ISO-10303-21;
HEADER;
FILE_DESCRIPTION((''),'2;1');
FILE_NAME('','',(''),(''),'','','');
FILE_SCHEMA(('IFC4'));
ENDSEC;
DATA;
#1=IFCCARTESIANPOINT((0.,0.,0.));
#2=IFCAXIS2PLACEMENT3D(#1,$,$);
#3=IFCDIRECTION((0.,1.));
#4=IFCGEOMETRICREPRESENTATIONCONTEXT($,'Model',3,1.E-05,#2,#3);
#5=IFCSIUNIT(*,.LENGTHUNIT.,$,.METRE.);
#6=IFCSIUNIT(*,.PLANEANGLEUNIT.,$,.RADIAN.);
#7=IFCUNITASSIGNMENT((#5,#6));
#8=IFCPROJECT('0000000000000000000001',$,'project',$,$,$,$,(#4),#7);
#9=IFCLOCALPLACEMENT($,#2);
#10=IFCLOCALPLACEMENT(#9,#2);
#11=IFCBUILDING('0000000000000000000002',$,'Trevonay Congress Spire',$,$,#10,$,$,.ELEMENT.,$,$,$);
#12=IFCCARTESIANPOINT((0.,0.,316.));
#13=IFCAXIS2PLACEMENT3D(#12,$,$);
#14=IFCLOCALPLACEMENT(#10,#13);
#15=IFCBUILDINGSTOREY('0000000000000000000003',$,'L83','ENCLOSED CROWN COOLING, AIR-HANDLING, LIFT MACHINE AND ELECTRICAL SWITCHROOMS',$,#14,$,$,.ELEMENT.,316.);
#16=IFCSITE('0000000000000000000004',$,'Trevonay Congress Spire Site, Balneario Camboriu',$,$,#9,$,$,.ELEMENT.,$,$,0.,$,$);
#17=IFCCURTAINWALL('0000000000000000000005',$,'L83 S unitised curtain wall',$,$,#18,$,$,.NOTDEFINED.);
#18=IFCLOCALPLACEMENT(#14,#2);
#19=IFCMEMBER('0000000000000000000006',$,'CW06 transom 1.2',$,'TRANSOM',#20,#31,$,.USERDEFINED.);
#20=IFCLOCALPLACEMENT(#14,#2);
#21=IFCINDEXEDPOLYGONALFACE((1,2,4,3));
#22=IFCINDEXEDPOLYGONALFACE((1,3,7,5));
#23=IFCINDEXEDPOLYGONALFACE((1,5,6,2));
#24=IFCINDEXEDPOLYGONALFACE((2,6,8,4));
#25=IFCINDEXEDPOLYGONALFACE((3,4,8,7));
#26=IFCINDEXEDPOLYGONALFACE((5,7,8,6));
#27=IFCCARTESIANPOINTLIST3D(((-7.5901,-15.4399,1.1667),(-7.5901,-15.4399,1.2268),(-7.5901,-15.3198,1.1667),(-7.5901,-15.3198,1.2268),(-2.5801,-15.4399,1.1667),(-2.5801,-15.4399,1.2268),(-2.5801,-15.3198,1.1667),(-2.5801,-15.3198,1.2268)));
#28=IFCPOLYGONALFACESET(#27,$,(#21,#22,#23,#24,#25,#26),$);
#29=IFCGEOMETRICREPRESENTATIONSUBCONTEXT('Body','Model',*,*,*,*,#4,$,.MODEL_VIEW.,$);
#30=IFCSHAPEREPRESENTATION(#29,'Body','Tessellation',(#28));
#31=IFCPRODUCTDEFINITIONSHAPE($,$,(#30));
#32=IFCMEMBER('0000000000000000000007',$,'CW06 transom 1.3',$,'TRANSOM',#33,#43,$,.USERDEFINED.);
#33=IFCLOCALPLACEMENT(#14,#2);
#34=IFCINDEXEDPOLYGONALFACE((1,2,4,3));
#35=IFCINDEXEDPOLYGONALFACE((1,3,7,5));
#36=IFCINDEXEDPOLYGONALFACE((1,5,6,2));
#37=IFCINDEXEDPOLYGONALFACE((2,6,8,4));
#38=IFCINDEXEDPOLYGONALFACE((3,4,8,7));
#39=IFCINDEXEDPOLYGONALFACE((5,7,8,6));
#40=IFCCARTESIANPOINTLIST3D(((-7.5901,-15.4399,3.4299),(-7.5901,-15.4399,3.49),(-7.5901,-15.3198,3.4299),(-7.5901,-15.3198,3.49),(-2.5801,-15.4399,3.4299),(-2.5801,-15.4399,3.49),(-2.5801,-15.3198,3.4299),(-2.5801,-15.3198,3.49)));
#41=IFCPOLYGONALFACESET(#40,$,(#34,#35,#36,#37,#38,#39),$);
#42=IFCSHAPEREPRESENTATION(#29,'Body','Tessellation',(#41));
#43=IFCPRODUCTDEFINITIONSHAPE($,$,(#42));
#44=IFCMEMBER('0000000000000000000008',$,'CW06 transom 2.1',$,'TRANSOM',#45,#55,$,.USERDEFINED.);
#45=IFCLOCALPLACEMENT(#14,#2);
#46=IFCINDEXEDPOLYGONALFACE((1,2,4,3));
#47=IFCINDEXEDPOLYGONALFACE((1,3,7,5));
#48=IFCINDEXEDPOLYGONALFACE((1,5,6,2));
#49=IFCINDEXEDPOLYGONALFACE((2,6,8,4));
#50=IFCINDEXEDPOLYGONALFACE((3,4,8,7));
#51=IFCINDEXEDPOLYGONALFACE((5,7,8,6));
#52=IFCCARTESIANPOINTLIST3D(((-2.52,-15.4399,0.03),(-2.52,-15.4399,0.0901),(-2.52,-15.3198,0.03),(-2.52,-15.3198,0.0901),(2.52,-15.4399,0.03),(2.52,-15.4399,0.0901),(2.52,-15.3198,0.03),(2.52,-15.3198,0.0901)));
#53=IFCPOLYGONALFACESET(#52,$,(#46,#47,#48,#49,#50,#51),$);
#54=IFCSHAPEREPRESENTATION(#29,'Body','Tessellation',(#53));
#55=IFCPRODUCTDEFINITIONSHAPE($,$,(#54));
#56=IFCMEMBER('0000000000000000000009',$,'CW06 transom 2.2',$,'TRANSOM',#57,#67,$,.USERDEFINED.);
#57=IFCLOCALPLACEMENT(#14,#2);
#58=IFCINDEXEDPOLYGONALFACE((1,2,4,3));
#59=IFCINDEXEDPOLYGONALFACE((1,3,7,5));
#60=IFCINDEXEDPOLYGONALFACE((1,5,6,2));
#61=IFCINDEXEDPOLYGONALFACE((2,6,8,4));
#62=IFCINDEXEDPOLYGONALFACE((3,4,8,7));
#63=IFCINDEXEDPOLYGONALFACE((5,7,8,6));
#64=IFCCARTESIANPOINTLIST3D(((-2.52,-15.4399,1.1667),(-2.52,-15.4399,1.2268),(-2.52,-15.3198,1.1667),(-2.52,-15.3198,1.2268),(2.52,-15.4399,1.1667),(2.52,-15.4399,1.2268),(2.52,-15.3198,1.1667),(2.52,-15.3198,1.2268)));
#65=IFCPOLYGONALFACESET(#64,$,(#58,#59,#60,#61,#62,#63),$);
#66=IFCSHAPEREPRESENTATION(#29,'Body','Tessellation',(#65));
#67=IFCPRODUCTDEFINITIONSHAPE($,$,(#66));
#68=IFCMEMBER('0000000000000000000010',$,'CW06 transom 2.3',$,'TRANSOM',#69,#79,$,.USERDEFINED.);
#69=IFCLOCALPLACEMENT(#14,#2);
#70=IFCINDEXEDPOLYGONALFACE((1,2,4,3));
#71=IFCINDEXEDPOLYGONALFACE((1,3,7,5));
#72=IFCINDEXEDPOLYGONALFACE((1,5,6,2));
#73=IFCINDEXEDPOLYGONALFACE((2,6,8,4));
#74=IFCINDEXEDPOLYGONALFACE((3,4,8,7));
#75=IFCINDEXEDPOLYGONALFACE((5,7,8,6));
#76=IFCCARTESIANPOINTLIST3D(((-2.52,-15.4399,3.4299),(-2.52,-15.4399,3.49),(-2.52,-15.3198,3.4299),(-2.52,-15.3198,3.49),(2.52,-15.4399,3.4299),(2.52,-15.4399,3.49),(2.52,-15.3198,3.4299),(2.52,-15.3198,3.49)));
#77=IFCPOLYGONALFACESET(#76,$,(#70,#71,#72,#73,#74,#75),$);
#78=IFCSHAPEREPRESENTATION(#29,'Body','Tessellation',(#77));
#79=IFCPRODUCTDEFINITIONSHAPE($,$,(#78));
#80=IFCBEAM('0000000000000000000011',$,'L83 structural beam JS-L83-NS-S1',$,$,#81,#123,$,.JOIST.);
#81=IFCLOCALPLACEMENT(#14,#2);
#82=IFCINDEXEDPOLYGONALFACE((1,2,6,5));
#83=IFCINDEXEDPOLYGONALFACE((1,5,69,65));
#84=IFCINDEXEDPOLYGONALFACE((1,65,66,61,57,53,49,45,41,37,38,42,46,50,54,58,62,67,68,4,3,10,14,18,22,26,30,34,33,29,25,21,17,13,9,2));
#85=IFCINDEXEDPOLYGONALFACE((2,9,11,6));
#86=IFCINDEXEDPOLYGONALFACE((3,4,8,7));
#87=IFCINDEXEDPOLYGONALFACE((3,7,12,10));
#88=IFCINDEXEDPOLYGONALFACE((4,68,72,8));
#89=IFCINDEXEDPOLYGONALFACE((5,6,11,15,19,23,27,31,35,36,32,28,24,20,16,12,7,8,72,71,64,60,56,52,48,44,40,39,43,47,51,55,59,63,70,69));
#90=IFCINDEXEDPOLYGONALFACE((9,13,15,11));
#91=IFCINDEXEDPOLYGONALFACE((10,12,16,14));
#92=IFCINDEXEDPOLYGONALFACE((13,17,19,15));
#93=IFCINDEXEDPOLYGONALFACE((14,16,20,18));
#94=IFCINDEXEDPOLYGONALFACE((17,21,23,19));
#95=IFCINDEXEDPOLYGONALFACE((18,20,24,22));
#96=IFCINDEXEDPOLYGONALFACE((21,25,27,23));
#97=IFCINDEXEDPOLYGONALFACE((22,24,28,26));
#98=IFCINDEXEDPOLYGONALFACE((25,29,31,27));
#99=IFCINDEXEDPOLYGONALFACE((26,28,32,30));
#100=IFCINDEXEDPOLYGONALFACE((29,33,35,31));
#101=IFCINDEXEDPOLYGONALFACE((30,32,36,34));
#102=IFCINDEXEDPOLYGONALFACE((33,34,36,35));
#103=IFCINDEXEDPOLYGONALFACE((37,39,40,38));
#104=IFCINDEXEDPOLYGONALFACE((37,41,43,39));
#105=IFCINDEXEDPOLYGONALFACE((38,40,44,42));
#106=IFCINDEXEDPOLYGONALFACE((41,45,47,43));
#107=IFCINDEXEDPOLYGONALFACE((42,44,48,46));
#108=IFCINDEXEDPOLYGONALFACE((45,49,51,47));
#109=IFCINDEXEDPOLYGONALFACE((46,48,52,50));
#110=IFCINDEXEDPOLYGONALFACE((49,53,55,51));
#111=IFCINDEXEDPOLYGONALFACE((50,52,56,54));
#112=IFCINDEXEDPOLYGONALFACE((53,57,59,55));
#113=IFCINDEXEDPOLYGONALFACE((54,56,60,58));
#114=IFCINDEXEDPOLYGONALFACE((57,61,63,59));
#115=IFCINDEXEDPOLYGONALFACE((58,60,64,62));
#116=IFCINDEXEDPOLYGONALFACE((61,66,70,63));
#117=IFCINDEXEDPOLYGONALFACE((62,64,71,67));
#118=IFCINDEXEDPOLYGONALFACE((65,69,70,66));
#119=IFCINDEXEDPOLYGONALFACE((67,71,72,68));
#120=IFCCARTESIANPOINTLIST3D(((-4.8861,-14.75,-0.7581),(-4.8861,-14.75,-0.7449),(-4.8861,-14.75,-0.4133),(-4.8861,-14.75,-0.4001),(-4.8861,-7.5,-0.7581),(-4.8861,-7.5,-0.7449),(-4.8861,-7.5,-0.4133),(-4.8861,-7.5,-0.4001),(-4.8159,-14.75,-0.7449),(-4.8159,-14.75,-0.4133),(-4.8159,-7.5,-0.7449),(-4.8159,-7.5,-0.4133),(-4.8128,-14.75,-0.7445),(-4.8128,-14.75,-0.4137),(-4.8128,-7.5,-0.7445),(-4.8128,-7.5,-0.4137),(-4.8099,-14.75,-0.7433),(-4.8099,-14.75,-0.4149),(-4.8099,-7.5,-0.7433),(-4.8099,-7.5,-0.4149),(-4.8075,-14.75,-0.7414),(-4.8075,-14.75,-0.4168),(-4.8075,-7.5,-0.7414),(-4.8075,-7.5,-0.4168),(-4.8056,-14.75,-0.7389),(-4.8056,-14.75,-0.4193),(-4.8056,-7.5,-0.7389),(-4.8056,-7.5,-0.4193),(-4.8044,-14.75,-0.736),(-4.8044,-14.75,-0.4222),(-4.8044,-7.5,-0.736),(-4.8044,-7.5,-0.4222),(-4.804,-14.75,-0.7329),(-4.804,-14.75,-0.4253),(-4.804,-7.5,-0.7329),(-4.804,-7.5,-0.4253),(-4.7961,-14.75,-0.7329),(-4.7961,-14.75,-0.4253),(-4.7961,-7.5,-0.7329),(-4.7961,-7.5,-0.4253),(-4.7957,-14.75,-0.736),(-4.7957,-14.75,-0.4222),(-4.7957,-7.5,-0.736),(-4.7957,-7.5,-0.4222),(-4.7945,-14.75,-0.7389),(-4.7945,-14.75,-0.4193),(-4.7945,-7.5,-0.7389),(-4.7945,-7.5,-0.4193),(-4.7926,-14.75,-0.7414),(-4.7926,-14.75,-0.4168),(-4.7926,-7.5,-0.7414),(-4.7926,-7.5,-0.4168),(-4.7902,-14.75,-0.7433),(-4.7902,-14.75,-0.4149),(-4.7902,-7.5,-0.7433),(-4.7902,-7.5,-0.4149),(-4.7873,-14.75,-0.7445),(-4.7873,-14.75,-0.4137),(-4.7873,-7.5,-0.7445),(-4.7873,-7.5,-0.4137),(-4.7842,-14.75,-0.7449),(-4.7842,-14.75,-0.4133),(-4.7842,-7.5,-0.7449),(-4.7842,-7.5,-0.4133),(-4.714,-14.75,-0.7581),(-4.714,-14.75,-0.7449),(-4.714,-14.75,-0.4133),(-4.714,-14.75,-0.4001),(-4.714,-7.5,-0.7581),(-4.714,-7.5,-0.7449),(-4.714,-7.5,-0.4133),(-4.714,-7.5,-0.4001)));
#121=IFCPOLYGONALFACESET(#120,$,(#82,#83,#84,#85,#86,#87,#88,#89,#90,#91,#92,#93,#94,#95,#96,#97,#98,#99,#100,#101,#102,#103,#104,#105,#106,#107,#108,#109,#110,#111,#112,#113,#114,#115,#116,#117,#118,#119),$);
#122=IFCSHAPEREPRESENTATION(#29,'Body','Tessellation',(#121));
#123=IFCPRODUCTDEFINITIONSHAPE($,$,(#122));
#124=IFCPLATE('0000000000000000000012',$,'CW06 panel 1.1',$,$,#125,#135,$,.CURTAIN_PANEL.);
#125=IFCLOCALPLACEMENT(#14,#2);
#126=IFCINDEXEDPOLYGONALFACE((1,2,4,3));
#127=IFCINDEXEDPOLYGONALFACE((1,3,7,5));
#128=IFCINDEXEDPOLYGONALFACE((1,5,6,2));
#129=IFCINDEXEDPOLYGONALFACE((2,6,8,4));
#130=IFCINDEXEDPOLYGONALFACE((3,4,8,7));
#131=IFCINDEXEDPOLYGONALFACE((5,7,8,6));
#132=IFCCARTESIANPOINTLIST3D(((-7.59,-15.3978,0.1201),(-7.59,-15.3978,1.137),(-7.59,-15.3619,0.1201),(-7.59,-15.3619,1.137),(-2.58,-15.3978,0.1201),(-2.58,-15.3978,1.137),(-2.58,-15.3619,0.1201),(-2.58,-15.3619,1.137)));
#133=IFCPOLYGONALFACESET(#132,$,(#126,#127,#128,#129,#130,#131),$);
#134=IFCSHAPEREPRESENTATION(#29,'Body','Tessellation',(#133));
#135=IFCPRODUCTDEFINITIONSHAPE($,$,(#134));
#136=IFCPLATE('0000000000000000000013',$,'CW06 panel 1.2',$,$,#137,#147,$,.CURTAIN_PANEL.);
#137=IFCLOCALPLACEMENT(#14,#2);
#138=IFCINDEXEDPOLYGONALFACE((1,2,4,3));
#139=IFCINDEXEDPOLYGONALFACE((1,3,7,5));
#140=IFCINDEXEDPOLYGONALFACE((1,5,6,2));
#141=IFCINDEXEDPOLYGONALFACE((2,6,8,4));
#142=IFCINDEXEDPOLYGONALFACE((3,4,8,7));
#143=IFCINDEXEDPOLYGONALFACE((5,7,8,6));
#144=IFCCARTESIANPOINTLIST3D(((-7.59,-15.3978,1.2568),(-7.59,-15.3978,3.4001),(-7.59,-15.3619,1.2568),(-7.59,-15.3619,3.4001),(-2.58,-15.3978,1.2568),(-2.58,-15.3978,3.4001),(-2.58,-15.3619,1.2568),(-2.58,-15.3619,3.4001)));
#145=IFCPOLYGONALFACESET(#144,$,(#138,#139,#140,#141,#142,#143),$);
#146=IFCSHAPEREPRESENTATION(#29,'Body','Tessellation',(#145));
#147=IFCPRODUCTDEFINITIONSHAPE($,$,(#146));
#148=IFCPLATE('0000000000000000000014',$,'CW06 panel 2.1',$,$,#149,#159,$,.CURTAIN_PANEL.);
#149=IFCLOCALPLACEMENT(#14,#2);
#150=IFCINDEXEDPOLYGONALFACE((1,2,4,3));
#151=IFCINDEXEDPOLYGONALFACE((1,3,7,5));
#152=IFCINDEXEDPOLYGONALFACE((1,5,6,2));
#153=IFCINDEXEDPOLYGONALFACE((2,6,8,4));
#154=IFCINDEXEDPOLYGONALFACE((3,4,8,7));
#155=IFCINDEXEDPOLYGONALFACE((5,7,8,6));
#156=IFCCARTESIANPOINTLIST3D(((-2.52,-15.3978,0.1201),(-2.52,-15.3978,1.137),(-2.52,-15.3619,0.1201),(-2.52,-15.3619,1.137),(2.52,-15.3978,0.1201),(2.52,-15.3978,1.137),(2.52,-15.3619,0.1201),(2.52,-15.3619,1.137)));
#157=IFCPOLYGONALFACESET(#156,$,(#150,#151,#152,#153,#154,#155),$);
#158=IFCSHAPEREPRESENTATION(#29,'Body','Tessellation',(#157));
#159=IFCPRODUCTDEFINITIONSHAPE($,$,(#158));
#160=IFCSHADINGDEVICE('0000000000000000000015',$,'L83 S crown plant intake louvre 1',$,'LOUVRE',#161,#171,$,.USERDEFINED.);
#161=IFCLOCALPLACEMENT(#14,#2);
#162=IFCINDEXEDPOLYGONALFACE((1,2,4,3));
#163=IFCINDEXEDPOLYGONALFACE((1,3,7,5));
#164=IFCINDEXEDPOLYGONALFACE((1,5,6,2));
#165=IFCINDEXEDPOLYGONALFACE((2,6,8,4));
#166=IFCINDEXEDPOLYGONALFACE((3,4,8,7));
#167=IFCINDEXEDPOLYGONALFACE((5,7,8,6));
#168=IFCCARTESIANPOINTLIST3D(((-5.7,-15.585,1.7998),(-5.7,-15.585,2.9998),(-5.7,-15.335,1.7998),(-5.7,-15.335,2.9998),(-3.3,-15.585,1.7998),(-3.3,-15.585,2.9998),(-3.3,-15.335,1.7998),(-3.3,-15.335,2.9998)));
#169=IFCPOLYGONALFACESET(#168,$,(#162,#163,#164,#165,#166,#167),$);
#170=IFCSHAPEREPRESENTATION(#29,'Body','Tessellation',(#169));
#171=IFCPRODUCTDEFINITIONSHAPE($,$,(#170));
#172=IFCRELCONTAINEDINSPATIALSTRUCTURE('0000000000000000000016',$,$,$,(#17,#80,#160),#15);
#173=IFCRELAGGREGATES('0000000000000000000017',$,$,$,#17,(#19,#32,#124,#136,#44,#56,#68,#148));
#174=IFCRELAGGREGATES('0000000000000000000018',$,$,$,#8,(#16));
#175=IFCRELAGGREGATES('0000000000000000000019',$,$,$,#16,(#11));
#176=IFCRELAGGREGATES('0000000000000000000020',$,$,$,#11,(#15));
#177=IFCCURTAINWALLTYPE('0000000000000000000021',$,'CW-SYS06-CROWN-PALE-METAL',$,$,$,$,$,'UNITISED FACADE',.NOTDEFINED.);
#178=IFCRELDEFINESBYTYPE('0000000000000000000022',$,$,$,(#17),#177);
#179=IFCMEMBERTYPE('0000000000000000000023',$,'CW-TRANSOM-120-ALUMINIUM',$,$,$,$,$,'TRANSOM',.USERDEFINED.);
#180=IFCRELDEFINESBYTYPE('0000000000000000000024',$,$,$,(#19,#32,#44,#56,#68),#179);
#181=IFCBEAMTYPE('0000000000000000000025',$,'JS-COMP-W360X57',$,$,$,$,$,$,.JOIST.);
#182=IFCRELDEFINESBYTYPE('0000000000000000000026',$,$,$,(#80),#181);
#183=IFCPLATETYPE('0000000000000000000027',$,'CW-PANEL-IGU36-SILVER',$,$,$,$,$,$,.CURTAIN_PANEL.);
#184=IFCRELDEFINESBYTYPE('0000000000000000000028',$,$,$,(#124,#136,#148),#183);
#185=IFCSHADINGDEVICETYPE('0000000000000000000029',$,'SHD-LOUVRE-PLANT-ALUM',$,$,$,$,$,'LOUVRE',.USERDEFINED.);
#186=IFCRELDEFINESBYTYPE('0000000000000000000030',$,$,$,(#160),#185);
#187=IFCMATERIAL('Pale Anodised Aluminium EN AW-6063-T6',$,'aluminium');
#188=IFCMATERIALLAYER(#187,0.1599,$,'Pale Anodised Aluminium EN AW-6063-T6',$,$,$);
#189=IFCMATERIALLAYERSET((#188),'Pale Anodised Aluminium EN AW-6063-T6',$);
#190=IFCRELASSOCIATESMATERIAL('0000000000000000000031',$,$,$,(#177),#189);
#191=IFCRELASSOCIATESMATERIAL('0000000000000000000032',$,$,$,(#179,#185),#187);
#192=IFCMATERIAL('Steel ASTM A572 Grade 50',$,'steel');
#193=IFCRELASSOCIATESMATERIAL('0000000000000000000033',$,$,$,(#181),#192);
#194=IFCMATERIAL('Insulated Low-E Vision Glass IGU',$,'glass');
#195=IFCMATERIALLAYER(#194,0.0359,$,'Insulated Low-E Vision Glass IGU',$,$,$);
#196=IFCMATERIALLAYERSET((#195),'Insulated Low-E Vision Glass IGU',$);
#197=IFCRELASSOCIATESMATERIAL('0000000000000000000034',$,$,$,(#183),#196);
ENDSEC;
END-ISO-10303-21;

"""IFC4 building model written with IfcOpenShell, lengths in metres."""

from ifc_helpers import new_model, si_unit, direction, frame, origin, origin_2d, place, context, subcontext, project, spatial, rectangle, i_section, extrude, material, layer, layer_set, material_profile, profile_set, type_object, element, aggregate, save


model = new_model("IFC4")

# Units and contexts
model_context = context("Model", 3, precision=1e-05, world=origin(), true_north=direction((0.0, 1.0)))
body_context = subcontext(model_context, "Body", "Model", "MODEL_VIEW")
ifc_project = project(units=[si_unit("LENGTHUNIT", "METRE"), si_unit("PLANEANGLEUNIT", "RADIAN")], contexts=[model_context])

# Site, building, storey
site_placement = place(None, origin())
site = spatial("IfcSite", under=ifc_project, at=site_placement, Name="Trevonay Congress Spire Site, Balneario Camboriu", CompositionType="ELEMENT", RefElevation=0.0)
building_placement = place(site_placement, origin())
building = spatial("IfcBuilding", under=site, at=building_placement, Name="Trevonay Congress Spire", CompositionType="ELEMENT")
storey_placement = place(building_placement, frame((0.0, 0.0, 316.0)))
storey = spatial("IfcBuildingStorey", under=building, at=storey_placement, Name="L83", Description="ENCLOSED CROWN COOLING, AIR-HANDLING, LIFT MACHINE AND ELECTRICAL SWITCHROOMS", CompositionType="ELEMENT", Elevation=316.0)

# Shared definitions
ifc_material_1 = material(Name="Steel ASTM A572 Grade 50", Category="steel")

# Curtain wall, members
ifc_material_2 = material(Name="Pale Anodised Aluminium EN AW-6063-T6", Category="aluminium")
ifc_layer_1 = layer(ifc_material_2, 0.1599, Name="Pale Anodised Aluminium EN AW-6063-T6")
ifc_layer_set_1 = layer_set([ifc_layer_1], Name="Pale Anodised Aluminium EN AW-6063-T6")
curtain_wall_type = type_object("IfcCurtainWallType", Name="CW-SYS06-CROWN-PALE-METAL", ElementType="UNITISED FACADE", PredefinedType="NOTDEFINED", material=ifc_layer_set_1)
curtain_wall_placement = place(storey_placement, origin())
curtain_wall = element("IfcCurtainWall", 1, at=curtain_wall_placement, inside=storey, type_object=curtain_wall_type, Name="L83 S unitised curtain wall", PredefinedType="NOTDEFINED")
ifc_material_profile_1 = material_profile(ifc_material_2, rectangle(XDim=0.1201, YDim=0.0601, at=origin_2d()), Name="CW-TRANSOM-120-ALUMINIUM")
ifc_profile_set_1 = profile_set([ifc_material_profile_1], Name="Pale Anodised Aluminium EN AW-6063-T6")
member_type_1 = type_object("IfcMemberType", Name="CW-TRANSOM-120-ALUMINIUM", ElementType="TRANSOM", PredefinedType="USERDEFINED", material=ifc_profile_set_1)
member_1_placement = place(storey_placement, frame((-7.5901, -15.3799, 1.1968), z_axis=(1.0, 0.0, 0.0), x_axis=(0.0, 1.0, 0.0)))
member_1 = element("IfcMember", 2, at=member_1_placement, type_object=member_type_1, Name="CW06 transom 1.2", ObjectType="TRANSOM", PredefinedType="USERDEFINED", context=body_context, shape_type="SweptSolid", body=[
    extrude(rectangle(XDim=0.1201, YDim=0.0601, at=origin_2d()), origin(), (0.0, 0.0, 1.0), 5.01),
])
member_2_placement = place(storey_placement, frame((-7.5901, -15.3799, 3.46), z_axis=(1.0, 0.0, 0.0), x_axis=(0.0, 1.0, 0.0)))
member_2 = element("IfcMember", 3, at=member_2_placement, type_object=member_type_1, Name="CW06 transom 1.3", ObjectType="TRANSOM", PredefinedType="USERDEFINED", context=body_context, shape_type="SweptSolid", body=[
    extrude(rectangle(XDim=0.1201, YDim=0.0601, at=origin_2d()), origin(), (0.0, 0.0, 1.0), 5.01),
])
member_3_placement = place(storey_placement, frame((-2.52, -15.3799, 0.0601), z_axis=(1.0, 0.0, 0.0), x_axis=(0.0, 1.0, 0.0)))
member_3 = element("IfcMember", 4, at=member_3_placement, type_object=member_type_1, Name="CW06 transom 2.1", ObjectType="TRANSOM", PredefinedType="USERDEFINED", context=body_context, shape_type="SweptSolid", body=[
    extrude(rectangle(XDim=0.1201, YDim=0.0601, at=origin_2d()), origin(), (0.0, 0.0, 1.0), 5.04),
])
member_4_placement = place(storey_placement, frame((-2.52, -15.3799, 1.1968), z_axis=(1.0, 0.0, 0.0), x_axis=(0.0, 1.0, 0.0)))
member_4 = element("IfcMember", 5, at=member_4_placement, type_object=member_type_1, Name="CW06 transom 2.2", ObjectType="TRANSOM", PredefinedType="USERDEFINED", context=body_context, shape_type="SweptSolid", body=[
    extrude(rectangle(XDim=0.1201, YDim=0.0601, at=origin_2d()), origin(), (0.0, 0.0, 1.0), 5.04),
])
member_5_placement = place(storey_placement, frame((-2.52, -15.3799, 3.46), z_axis=(1.0, 0.0, 0.0), x_axis=(0.0, 1.0, 0.0)))
member_5 = element("IfcMember", 6, at=member_5_placement, type_object=member_type_1, Name="CW06 transom 2.3", ObjectType="TRANSOM", PredefinedType="USERDEFINED", context=body_context, shape_type="SweptSolid", body=[
    extrude(rectangle(XDim=0.1201, YDim=0.0601, at=origin_2d()), origin(), (0.0, 0.0, 1.0), 5.04),
])

# Beam
ifc_material_profile_2 = material_profile(ifc_material_1, i_section(OverallWidth=0.1721, OverallDepth=0.3579, WebThickness=0.0078, FlangeThickness=0.0132, FilletRadius=0.012, at=origin_2d()), Name="W360x57.8")
ifc_profile_set_2 = profile_set([ifc_material_profile_2], Name="Steel ASTM A572 Grade 50")
beam_type_1 = type_object("IfcBeamType", Name="JS-COMP-W360X57", PredefinedType="JOIST", material=ifc_profile_set_2)
beam_1_placement = place(storey_placement, frame((-4.8, -14.75, -0.5791), z_axis=(0.0, 1.0, 0.0), x_axis=(-1.0, 0.0, 0.0)))
element("IfcBeam", 7, at=beam_1_placement, inside=storey, type_object=beam_type_1, Name="L83 structural beam JS-L83-NS-S1", PredefinedType="JOIST", context=body_context, shape_type="SweptSolid", body=[
    extrude(i_section(OverallWidth=0.1721, OverallDepth=0.3579, WebThickness=0.0078, FlangeThickness=0.0132, FilletRadius=0.012, at=origin_2d()), origin(), (0.0, 0.0, 1.0), 7.25),
])

# Plates
ifc_material_3 = material(Name="Insulated Low-E Vision Glass IGU", Category="glass")
ifc_layer_2 = layer(ifc_material_3, 0.0359, Name="Insulated Low-E Vision Glass IGU")
ifc_layer_set_2 = layer_set([ifc_layer_2], Name="Insulated Low-E Vision Glass IGU")
plate_type = type_object("IfcPlateType", Name="CW-PANEL-IGU36-SILVER", PredefinedType="CURTAIN_PANEL", material=ifc_layer_set_2)
plate_1_placement = place(storey_placement, frame((-5.085, -15.3799, 0.1201), z_axis=(0.0, 0.0, 1.0), x_axis=(1.0, 0.0, 0.0)))
plate_1 = element("IfcPlate", 8, at=plate_1_placement, type_object=plate_type, Name="CW06 panel 1.1", PredefinedType="CURTAIN_PANEL", context=body_context, shape_type="SweptSolid", body=[
    extrude(rectangle(XDim=5.01, YDim=0.0359, at=origin_2d()), origin(), (0.0, 0.0, 1.0), 1.0168),
])
plate_2_placement = place(storey_placement, frame((-5.085, -15.3799, 1.2568), z_axis=(0.0, 0.0, 1.0), x_axis=(1.0, 0.0, 0.0)))
plate_2 = element("IfcPlate", 9, at=plate_2_placement, type_object=plate_type, Name="CW06 panel 1.2", PredefinedType="CURTAIN_PANEL", context=body_context, shape_type="SweptSolid", body=[
    extrude(rectangle(XDim=5.01, YDim=0.0359, at=origin_2d()), origin(), (0.0, 0.0, 1.0), 2.1433),
])
plate_3_placement = place(storey_placement, frame((0.0, -15.3799, 0.1201), z_axis=(0.0, 0.0, 1.0), x_axis=(1.0, 0.0, 0.0)))
plate_3 = element("IfcPlate", 10, at=plate_3_placement, type_object=plate_type, Name="CW06 panel 2.1", PredefinedType="CURTAIN_PANEL", context=body_context, shape_type="SweptSolid", body=[
    extrude(rectangle(XDim=5.04, YDim=0.0359, at=origin_2d()), origin(), (0.0, 0.0, 1.0), 1.0168),
])
aggregate(curtain_wall, [member_1, member_2, plate_1, plate_2, member_3, member_4, member_5, plate_3])

# Shading device
shading_device_type = type_object("IfcShadingDeviceType", Name="SHD-LOUVRE-PLANT-ALUM", ElementType="LOUVRE", PredefinedType="USERDEFINED", material=ifc_material_2)
shading_device_placement = place(storey_placement, frame((-4.5, -15.46, 1.7998), z_axis=(0.0, 0.0, 1.0), x_axis=(1.0, 0.0, 0.0)))
element("IfcShadingDevice", 11, at=shading_device_placement, inside=storey, type_object=shading_device_type, Name="L83 S crown plant intake louvre 1", ObjectType="LOUVRE", PredefinedType="USERDEFINED", context=body_context, shape_type="SweptSolid", body=[
    extrude(rectangle(XDim=2.3999, YDim=0.25, at=origin_2d()), origin(), (0.0, 0.0, 1.0), 1.2),
])

save(model, "model.ifc")
